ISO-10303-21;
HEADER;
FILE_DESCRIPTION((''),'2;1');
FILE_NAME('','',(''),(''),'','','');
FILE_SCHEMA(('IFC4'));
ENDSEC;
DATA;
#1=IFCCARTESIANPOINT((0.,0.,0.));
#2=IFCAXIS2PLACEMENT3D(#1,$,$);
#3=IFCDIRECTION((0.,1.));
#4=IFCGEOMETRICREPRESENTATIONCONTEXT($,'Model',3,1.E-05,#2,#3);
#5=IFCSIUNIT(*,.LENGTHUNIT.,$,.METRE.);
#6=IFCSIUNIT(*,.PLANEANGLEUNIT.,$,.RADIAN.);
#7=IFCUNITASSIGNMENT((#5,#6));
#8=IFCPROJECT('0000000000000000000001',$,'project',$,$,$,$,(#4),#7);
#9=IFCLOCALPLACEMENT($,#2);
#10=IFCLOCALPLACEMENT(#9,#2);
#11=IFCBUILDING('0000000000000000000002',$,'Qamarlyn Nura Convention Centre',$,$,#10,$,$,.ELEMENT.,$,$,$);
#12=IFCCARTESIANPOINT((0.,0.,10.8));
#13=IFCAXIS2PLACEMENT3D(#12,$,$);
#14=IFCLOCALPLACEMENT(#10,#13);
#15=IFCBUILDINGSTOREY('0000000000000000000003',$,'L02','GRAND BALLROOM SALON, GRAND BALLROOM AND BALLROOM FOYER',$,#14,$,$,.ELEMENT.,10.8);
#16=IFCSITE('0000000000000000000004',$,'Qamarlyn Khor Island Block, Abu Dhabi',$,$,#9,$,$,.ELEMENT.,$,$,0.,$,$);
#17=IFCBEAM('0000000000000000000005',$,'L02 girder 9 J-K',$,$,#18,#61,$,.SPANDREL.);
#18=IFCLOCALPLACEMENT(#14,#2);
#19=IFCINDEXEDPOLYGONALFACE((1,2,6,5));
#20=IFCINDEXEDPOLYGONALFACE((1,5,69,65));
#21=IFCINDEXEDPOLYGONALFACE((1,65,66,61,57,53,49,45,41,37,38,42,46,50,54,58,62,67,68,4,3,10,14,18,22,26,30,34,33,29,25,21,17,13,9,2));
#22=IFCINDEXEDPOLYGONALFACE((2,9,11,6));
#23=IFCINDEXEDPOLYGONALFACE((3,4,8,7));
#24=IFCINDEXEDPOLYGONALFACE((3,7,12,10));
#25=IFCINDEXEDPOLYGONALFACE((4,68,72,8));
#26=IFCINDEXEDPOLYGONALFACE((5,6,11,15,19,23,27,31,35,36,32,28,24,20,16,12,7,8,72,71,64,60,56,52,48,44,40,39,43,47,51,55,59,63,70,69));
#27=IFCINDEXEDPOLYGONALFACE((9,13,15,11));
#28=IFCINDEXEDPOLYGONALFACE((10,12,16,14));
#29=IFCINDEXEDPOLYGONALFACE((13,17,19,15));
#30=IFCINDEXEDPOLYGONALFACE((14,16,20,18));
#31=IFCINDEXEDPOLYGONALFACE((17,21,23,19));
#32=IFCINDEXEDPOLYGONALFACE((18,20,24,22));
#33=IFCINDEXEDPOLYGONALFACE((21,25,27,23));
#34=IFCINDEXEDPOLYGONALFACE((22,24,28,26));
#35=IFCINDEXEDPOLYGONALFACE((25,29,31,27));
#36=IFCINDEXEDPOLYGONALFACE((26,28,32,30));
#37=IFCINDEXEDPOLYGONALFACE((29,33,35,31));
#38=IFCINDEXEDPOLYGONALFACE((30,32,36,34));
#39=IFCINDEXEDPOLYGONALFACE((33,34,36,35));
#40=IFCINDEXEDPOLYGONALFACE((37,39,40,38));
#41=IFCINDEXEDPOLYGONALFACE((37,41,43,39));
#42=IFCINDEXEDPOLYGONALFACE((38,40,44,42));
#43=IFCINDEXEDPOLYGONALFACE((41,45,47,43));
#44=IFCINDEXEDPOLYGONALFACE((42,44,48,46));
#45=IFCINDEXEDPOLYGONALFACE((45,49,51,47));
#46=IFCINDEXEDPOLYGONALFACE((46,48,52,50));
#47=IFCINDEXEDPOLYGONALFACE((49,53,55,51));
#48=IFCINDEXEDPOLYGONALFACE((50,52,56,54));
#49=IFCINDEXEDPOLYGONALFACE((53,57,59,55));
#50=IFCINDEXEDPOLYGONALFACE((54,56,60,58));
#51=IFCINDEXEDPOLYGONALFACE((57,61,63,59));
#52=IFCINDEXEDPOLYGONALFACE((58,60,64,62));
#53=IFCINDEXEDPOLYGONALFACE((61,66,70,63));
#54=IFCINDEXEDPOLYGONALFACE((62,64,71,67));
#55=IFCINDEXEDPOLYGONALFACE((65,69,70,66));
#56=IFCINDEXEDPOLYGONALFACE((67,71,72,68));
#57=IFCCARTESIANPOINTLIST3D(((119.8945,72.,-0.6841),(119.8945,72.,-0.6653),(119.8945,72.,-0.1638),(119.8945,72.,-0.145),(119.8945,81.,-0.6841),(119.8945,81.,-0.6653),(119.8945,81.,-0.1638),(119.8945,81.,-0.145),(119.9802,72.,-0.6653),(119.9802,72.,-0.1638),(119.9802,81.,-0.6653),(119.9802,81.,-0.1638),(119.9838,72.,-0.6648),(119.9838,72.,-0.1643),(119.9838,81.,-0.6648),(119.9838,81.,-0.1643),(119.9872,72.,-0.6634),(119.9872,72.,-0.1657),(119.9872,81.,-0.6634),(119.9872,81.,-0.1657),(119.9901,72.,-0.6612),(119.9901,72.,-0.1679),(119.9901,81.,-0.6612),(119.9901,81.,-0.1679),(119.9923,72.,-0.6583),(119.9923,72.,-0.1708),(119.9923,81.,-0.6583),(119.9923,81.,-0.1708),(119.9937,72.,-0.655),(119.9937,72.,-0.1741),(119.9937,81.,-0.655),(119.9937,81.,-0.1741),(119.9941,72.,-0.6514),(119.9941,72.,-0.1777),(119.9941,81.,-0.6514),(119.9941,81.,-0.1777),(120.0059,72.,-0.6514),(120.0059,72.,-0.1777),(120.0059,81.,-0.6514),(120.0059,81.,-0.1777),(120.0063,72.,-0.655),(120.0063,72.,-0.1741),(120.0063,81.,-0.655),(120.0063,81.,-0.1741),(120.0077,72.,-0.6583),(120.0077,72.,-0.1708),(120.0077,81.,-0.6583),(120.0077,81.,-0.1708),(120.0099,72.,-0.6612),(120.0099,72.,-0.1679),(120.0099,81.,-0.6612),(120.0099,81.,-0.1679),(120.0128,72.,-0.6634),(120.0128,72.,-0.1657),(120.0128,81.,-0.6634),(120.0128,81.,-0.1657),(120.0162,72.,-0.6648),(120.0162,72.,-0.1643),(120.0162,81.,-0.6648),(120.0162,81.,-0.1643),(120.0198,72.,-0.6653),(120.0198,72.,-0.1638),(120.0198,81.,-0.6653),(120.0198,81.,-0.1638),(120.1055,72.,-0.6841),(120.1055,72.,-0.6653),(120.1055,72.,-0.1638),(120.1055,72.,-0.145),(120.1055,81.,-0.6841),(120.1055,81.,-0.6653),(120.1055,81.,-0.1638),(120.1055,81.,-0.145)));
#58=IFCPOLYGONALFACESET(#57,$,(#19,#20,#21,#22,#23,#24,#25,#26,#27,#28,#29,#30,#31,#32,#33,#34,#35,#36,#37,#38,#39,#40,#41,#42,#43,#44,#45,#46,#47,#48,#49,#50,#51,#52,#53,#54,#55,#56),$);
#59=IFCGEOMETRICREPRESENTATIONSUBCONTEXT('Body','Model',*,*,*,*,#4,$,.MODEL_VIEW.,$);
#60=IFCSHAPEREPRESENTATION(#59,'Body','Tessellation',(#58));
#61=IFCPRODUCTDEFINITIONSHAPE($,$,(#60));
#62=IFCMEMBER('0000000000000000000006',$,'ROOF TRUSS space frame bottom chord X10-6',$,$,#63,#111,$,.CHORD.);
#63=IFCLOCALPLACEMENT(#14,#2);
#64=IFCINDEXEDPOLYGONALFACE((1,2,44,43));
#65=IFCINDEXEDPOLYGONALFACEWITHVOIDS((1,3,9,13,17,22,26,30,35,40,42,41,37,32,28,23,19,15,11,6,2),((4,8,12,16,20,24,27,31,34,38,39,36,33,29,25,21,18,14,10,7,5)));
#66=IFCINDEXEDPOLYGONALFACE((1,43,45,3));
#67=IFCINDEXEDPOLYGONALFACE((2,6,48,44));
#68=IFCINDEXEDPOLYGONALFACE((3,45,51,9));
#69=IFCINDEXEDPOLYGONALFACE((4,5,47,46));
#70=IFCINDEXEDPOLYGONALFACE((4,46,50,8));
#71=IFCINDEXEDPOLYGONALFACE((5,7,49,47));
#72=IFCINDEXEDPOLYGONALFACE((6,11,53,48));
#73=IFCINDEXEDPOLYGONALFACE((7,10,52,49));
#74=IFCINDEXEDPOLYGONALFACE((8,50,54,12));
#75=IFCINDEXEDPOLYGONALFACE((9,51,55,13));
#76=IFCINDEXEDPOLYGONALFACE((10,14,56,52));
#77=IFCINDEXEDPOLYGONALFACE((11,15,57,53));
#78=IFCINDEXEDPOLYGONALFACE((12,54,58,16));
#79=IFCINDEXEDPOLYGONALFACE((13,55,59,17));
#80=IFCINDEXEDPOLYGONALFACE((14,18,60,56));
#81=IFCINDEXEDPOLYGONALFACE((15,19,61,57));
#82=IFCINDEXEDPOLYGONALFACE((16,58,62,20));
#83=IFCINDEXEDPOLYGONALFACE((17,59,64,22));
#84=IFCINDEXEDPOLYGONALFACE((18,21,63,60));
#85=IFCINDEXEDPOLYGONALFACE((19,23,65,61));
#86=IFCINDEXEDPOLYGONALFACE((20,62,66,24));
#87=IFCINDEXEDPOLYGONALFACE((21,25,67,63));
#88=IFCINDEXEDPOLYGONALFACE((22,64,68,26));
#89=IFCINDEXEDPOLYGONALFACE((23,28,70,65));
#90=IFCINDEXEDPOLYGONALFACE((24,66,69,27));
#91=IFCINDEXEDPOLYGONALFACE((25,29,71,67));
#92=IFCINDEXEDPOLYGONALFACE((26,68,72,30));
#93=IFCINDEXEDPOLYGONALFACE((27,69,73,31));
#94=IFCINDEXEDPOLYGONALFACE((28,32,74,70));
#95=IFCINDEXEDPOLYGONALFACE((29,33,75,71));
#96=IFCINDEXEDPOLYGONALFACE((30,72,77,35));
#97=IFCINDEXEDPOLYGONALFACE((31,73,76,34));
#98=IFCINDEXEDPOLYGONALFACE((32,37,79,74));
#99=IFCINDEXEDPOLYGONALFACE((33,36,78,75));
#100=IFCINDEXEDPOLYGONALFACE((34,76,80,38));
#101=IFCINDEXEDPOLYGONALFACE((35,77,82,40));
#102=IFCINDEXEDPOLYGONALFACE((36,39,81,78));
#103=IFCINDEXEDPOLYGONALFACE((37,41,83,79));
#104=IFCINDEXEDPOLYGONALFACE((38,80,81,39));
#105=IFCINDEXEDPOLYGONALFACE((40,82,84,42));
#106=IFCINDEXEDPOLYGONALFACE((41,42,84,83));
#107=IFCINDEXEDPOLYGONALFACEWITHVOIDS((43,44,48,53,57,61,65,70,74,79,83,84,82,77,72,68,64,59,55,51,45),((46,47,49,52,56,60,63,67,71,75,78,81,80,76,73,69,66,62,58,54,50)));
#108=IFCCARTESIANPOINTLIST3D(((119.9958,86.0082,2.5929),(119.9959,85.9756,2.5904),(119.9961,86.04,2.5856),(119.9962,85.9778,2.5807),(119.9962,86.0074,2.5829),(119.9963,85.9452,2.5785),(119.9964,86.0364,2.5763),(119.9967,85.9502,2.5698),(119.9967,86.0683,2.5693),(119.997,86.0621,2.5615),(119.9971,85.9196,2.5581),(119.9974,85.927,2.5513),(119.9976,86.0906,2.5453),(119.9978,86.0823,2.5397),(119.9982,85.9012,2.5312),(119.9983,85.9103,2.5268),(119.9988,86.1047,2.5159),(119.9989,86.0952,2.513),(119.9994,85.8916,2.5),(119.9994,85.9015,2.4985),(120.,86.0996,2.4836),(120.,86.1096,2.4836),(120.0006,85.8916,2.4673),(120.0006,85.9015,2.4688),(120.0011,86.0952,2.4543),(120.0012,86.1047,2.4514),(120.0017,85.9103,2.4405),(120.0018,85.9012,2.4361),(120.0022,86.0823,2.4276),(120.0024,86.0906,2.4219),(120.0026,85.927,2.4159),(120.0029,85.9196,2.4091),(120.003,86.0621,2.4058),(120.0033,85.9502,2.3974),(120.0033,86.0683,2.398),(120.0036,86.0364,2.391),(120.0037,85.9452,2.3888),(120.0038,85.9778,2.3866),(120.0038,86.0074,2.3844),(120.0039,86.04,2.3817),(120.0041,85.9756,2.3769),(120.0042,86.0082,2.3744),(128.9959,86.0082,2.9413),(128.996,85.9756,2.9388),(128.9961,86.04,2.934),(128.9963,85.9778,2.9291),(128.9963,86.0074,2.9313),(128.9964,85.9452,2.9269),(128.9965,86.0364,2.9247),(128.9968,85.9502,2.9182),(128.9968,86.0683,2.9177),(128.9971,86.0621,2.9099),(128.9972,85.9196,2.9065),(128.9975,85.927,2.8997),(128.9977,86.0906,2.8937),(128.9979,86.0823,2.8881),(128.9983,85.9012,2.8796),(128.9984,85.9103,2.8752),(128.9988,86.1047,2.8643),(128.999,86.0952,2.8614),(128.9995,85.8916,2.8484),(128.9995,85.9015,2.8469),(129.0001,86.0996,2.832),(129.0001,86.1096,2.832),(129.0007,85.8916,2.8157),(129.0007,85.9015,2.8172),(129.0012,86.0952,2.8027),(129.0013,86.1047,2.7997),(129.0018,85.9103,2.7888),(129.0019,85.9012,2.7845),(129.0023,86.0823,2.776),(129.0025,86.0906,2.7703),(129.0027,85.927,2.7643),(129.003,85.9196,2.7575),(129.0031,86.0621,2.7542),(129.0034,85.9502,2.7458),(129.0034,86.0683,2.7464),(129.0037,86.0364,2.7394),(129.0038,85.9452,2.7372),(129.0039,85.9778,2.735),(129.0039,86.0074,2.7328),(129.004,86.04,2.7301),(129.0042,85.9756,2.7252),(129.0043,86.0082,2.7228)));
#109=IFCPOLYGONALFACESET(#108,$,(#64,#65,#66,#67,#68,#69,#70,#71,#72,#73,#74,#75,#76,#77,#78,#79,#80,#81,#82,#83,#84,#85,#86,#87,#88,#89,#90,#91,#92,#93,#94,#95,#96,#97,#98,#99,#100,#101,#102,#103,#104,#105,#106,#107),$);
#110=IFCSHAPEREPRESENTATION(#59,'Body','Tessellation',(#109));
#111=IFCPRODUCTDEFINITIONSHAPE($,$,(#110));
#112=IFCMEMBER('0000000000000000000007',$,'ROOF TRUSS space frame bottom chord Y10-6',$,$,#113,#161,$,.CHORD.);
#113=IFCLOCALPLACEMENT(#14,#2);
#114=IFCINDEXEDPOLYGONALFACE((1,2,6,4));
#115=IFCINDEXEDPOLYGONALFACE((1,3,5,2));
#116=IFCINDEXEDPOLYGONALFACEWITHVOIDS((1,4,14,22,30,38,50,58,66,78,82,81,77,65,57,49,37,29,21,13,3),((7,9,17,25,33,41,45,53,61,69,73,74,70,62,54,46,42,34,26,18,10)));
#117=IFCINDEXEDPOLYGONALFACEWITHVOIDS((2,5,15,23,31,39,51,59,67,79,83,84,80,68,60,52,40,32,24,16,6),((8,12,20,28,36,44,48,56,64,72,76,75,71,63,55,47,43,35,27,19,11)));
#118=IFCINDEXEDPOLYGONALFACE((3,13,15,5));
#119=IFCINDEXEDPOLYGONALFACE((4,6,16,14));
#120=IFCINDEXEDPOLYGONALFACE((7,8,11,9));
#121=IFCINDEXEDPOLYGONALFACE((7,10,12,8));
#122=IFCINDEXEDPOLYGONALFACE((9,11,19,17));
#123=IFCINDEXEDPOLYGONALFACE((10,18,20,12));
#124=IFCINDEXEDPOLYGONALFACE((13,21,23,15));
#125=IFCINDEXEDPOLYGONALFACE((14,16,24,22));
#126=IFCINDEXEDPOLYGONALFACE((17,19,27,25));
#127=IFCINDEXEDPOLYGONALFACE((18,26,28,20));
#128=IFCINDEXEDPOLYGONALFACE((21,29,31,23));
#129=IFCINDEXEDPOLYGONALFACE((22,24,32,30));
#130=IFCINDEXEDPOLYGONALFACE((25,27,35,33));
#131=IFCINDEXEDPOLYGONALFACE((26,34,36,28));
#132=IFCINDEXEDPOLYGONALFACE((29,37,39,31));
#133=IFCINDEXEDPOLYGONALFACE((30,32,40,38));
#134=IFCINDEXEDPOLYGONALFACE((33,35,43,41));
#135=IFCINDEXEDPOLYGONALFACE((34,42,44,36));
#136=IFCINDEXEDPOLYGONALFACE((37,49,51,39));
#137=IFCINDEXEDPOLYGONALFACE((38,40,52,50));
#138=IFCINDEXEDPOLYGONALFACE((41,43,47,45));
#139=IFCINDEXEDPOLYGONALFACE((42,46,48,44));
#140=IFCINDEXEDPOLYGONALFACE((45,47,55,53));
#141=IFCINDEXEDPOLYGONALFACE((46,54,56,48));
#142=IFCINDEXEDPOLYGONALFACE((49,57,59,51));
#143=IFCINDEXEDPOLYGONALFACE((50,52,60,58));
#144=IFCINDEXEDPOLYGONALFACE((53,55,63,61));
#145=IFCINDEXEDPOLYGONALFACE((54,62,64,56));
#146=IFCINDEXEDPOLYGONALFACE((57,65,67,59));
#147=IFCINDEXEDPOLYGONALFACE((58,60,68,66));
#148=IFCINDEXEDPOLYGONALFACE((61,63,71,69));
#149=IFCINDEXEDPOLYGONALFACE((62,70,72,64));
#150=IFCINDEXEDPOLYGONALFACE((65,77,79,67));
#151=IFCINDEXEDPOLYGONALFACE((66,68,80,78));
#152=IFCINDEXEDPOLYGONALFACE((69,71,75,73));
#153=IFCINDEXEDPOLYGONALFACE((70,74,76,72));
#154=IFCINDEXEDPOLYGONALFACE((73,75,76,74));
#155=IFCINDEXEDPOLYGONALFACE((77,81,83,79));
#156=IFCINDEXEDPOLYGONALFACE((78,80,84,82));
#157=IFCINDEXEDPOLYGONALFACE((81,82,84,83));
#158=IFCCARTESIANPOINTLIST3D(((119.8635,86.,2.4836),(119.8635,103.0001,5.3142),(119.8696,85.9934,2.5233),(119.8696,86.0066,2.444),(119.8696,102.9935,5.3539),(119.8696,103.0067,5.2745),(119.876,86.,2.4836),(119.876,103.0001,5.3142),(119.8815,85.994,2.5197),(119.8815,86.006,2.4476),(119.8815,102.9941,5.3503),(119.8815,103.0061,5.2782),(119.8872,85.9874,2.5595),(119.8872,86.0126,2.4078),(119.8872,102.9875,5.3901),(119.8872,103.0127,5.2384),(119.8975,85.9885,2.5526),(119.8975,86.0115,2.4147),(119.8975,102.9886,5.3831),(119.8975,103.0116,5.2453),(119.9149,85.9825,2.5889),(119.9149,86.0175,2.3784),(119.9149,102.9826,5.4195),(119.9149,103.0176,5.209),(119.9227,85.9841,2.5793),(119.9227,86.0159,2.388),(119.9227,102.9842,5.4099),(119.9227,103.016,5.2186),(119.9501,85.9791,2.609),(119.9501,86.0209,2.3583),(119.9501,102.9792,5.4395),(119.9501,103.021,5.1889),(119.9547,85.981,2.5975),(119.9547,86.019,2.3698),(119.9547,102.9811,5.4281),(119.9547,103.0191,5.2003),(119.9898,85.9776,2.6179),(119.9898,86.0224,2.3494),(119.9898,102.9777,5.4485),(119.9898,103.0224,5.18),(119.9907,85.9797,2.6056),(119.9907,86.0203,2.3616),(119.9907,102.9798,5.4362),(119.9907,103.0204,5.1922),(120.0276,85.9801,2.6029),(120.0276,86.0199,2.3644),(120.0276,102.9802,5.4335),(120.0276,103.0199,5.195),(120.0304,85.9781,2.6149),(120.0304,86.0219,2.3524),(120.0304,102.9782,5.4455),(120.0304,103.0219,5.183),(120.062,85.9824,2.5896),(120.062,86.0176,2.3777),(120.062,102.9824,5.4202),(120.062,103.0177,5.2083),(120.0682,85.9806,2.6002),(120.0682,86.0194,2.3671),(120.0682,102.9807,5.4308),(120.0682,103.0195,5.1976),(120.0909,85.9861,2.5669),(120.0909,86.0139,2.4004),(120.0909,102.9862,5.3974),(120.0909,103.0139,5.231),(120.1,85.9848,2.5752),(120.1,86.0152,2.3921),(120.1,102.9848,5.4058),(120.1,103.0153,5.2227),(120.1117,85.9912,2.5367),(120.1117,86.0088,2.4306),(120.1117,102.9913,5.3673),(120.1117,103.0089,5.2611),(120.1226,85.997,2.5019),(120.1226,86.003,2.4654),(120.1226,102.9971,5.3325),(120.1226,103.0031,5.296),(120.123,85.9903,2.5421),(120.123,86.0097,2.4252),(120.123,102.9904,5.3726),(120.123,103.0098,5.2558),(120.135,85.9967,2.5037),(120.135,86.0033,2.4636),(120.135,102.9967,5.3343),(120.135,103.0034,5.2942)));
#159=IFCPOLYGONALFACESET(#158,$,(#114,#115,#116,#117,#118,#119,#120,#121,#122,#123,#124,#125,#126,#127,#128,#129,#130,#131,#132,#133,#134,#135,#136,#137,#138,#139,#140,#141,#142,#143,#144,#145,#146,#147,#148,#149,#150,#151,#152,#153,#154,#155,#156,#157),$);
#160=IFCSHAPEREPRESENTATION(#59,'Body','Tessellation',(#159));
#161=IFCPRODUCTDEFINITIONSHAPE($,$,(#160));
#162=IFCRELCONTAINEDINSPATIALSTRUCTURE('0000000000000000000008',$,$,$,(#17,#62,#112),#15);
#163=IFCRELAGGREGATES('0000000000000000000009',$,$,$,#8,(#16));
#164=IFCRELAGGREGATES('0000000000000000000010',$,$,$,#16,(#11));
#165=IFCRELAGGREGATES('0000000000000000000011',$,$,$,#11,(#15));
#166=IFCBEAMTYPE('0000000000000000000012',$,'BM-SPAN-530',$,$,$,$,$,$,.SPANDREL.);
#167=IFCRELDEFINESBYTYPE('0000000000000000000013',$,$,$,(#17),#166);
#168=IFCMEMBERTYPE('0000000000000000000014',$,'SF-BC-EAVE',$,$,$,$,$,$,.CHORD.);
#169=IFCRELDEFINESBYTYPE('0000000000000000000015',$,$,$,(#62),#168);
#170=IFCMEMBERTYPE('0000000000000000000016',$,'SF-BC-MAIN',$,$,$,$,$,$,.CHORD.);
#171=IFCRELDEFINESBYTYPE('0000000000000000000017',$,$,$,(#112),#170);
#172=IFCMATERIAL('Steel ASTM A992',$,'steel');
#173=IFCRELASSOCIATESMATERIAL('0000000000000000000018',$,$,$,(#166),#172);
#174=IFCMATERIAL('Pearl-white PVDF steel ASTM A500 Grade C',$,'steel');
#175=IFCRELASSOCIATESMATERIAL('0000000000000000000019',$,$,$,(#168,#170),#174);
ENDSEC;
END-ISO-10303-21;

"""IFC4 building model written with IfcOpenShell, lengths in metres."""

from ifc_helpers import new_model, si_unit, direction, frame, origin, origin_2d, place, context, subcontext, project, spatial, hollow_circle, i_section, extrude, material, material_profile, profile_set, type_object, element, save


model = new_model("IFC4")

# Units and contexts
model_context = context("Model", 3, precision=1e-05, world=origin(), true_north=direction((0.0, 1.0)))
body_context = subcontext(model_context, "Body", "Model", "MODEL_VIEW")
ifc_project = project(units=[si_unit("LENGTHUNIT", "METRE"), si_unit("PLANEANGLEUNIT", "RADIAN")], contexts=[model_context])

# Site, building, storey
site_placement = place(None, origin())
site = spatial("IfcSite", under=ifc_project, at=site_placement, Name="Qamarlyn Khor Island Block, Abu Dhabi", CompositionType="ELEMENT", RefElevation=0.0)
building_placement = place(site_placement, origin())
building = spatial("IfcBuilding", under=site, at=building_placement, Name="Qamarlyn Nura Convention Centre", CompositionType="ELEMENT")
storey_placement = place(building_placement, frame((0.0, 0.0, 10.8)))
storey = spatial("IfcBuildingStorey", under=building, at=storey_placement, Name="L02", Description="GRAND BALLROOM SALON, GRAND BALLROOM AND BALLROOM FOYER", CompositionType="ELEMENT", Elevation=10.8)

# Shared definitions
ifc_material_1 = material(Name="Pearl-white PVDF steel ASTM A500 Grade C", Category="steel")

# Beam
ifc_material_2 = material(Name="Steel ASTM A992", Category="steel")
ifc_material_profile_1 = material_profile(ifc_material_2, i_section(OverallWidth=0.2109, OverallDepth=0.5391, WebThickness=0.0117, FlangeThickness=0.0188, FilletRadius=0.0139, at=origin_2d()), Name="W530X109")
ifc_profile_set_1 = profile_set([ifc_material_profile_1], Name="Steel ASTM A992")
beam_type_1 = type_object("IfcBeamType", Name="BM-SPAN-530", PredefinedType="SPANDREL", material=ifc_profile_set_1)
beam_1_placement = place(storey_placement, frame((120.0, 72.0, -0.4146), z_axis=(0.0, 1.0, 0.0), x_axis=(-1.0, 0.0, 0.0)))
element("IfcBeam", 1, at=beam_1_placement, inside=storey, type_object=beam_type_1, Name="L02 girder 9 J-K", PredefinedType="SPANDREL", context=body_context, shape_type="SweptSolid", body=[
    extrude(i_section(OverallWidth=0.2109, OverallDepth=0.5391, WebThickness=0.0117, FlangeThickness=0.0188, FilletRadius=0.0139, at=origin_2d()), origin(), (0.0, 0.0, 1.0), 9.0),
])

# Members
ifc_material_profile_2 = material_profile(ifc_material_1, hollow_circle(Radius=0.1096, WallThickness=0.01, at=origin_2d()), Name="CHS219.1X10")
ifc_profile_set_2 = profile_set([ifc_material_profile_2], Name="Pearl-white PVDF steel ASTM A500 Grade C")
member_type_1 = type_object("IfcMemberType", Name="SF-BC-EAVE", PredefinedType="CHORD", material=ifc_profile_set_2)
member_1_placement = place(storey_placement, frame((120.0, 86.0, 2.4836), z_axis=(0.999252, 0.0, 0.038681), x_axis=(0.0, 1.0, 0.0)))
element("IfcMember", 2, at=member_1_placement, inside=storey, type_object=member_type_1, Name="ROOF TRUSS space frame bottom chord X10-6", PredefinedType="CHORD", context=body_context, shape_type="SweptSolid", body=[
    extrude(hollow_circle(Radius=0.1096, WallThickness=0.01, at=origin_2d()), origin(), (0.0, 0.0, 1.0), 9.0068),
])
ifc_material_profile_3 = material_profile(ifc_material_1, hollow_circle(Radius=0.1365, WallThickness=0.0125, at=origin_2d()), Name="CHS273X12.5")
ifc_profile_set_3 = profile_set([ifc_material_profile_3], Name="Pearl-white PVDF steel ASTM A500 Grade C")
member_type_2 = type_object("IfcMemberType", Name="SF-BC-MAIN", PredefinedType="CHORD", material=ifc_profile_set_3)
member_2_placement = place(storey_placement, frame((120.0, 86.0, 2.4836), z_axis=(0.0, 0.98642, 0.164243), x_axis=(-1.0, 0.0, 0.0)))
element("IfcMember", 3, at=member_2_placement, inside=storey, type_object=member_type_2, Name="ROOF TRUSS space frame bottom chord Y10-6", PredefinedType="CHORD", context=body_context, shape_type="SweptSolid", body=[
    extrude(hollow_circle(Radius=0.1365, WallThickness=0.0125, at=origin_2d()), origin(), (0.0, 0.0, 1.0), 17.2341),
])

save(model, "model.ifc")
